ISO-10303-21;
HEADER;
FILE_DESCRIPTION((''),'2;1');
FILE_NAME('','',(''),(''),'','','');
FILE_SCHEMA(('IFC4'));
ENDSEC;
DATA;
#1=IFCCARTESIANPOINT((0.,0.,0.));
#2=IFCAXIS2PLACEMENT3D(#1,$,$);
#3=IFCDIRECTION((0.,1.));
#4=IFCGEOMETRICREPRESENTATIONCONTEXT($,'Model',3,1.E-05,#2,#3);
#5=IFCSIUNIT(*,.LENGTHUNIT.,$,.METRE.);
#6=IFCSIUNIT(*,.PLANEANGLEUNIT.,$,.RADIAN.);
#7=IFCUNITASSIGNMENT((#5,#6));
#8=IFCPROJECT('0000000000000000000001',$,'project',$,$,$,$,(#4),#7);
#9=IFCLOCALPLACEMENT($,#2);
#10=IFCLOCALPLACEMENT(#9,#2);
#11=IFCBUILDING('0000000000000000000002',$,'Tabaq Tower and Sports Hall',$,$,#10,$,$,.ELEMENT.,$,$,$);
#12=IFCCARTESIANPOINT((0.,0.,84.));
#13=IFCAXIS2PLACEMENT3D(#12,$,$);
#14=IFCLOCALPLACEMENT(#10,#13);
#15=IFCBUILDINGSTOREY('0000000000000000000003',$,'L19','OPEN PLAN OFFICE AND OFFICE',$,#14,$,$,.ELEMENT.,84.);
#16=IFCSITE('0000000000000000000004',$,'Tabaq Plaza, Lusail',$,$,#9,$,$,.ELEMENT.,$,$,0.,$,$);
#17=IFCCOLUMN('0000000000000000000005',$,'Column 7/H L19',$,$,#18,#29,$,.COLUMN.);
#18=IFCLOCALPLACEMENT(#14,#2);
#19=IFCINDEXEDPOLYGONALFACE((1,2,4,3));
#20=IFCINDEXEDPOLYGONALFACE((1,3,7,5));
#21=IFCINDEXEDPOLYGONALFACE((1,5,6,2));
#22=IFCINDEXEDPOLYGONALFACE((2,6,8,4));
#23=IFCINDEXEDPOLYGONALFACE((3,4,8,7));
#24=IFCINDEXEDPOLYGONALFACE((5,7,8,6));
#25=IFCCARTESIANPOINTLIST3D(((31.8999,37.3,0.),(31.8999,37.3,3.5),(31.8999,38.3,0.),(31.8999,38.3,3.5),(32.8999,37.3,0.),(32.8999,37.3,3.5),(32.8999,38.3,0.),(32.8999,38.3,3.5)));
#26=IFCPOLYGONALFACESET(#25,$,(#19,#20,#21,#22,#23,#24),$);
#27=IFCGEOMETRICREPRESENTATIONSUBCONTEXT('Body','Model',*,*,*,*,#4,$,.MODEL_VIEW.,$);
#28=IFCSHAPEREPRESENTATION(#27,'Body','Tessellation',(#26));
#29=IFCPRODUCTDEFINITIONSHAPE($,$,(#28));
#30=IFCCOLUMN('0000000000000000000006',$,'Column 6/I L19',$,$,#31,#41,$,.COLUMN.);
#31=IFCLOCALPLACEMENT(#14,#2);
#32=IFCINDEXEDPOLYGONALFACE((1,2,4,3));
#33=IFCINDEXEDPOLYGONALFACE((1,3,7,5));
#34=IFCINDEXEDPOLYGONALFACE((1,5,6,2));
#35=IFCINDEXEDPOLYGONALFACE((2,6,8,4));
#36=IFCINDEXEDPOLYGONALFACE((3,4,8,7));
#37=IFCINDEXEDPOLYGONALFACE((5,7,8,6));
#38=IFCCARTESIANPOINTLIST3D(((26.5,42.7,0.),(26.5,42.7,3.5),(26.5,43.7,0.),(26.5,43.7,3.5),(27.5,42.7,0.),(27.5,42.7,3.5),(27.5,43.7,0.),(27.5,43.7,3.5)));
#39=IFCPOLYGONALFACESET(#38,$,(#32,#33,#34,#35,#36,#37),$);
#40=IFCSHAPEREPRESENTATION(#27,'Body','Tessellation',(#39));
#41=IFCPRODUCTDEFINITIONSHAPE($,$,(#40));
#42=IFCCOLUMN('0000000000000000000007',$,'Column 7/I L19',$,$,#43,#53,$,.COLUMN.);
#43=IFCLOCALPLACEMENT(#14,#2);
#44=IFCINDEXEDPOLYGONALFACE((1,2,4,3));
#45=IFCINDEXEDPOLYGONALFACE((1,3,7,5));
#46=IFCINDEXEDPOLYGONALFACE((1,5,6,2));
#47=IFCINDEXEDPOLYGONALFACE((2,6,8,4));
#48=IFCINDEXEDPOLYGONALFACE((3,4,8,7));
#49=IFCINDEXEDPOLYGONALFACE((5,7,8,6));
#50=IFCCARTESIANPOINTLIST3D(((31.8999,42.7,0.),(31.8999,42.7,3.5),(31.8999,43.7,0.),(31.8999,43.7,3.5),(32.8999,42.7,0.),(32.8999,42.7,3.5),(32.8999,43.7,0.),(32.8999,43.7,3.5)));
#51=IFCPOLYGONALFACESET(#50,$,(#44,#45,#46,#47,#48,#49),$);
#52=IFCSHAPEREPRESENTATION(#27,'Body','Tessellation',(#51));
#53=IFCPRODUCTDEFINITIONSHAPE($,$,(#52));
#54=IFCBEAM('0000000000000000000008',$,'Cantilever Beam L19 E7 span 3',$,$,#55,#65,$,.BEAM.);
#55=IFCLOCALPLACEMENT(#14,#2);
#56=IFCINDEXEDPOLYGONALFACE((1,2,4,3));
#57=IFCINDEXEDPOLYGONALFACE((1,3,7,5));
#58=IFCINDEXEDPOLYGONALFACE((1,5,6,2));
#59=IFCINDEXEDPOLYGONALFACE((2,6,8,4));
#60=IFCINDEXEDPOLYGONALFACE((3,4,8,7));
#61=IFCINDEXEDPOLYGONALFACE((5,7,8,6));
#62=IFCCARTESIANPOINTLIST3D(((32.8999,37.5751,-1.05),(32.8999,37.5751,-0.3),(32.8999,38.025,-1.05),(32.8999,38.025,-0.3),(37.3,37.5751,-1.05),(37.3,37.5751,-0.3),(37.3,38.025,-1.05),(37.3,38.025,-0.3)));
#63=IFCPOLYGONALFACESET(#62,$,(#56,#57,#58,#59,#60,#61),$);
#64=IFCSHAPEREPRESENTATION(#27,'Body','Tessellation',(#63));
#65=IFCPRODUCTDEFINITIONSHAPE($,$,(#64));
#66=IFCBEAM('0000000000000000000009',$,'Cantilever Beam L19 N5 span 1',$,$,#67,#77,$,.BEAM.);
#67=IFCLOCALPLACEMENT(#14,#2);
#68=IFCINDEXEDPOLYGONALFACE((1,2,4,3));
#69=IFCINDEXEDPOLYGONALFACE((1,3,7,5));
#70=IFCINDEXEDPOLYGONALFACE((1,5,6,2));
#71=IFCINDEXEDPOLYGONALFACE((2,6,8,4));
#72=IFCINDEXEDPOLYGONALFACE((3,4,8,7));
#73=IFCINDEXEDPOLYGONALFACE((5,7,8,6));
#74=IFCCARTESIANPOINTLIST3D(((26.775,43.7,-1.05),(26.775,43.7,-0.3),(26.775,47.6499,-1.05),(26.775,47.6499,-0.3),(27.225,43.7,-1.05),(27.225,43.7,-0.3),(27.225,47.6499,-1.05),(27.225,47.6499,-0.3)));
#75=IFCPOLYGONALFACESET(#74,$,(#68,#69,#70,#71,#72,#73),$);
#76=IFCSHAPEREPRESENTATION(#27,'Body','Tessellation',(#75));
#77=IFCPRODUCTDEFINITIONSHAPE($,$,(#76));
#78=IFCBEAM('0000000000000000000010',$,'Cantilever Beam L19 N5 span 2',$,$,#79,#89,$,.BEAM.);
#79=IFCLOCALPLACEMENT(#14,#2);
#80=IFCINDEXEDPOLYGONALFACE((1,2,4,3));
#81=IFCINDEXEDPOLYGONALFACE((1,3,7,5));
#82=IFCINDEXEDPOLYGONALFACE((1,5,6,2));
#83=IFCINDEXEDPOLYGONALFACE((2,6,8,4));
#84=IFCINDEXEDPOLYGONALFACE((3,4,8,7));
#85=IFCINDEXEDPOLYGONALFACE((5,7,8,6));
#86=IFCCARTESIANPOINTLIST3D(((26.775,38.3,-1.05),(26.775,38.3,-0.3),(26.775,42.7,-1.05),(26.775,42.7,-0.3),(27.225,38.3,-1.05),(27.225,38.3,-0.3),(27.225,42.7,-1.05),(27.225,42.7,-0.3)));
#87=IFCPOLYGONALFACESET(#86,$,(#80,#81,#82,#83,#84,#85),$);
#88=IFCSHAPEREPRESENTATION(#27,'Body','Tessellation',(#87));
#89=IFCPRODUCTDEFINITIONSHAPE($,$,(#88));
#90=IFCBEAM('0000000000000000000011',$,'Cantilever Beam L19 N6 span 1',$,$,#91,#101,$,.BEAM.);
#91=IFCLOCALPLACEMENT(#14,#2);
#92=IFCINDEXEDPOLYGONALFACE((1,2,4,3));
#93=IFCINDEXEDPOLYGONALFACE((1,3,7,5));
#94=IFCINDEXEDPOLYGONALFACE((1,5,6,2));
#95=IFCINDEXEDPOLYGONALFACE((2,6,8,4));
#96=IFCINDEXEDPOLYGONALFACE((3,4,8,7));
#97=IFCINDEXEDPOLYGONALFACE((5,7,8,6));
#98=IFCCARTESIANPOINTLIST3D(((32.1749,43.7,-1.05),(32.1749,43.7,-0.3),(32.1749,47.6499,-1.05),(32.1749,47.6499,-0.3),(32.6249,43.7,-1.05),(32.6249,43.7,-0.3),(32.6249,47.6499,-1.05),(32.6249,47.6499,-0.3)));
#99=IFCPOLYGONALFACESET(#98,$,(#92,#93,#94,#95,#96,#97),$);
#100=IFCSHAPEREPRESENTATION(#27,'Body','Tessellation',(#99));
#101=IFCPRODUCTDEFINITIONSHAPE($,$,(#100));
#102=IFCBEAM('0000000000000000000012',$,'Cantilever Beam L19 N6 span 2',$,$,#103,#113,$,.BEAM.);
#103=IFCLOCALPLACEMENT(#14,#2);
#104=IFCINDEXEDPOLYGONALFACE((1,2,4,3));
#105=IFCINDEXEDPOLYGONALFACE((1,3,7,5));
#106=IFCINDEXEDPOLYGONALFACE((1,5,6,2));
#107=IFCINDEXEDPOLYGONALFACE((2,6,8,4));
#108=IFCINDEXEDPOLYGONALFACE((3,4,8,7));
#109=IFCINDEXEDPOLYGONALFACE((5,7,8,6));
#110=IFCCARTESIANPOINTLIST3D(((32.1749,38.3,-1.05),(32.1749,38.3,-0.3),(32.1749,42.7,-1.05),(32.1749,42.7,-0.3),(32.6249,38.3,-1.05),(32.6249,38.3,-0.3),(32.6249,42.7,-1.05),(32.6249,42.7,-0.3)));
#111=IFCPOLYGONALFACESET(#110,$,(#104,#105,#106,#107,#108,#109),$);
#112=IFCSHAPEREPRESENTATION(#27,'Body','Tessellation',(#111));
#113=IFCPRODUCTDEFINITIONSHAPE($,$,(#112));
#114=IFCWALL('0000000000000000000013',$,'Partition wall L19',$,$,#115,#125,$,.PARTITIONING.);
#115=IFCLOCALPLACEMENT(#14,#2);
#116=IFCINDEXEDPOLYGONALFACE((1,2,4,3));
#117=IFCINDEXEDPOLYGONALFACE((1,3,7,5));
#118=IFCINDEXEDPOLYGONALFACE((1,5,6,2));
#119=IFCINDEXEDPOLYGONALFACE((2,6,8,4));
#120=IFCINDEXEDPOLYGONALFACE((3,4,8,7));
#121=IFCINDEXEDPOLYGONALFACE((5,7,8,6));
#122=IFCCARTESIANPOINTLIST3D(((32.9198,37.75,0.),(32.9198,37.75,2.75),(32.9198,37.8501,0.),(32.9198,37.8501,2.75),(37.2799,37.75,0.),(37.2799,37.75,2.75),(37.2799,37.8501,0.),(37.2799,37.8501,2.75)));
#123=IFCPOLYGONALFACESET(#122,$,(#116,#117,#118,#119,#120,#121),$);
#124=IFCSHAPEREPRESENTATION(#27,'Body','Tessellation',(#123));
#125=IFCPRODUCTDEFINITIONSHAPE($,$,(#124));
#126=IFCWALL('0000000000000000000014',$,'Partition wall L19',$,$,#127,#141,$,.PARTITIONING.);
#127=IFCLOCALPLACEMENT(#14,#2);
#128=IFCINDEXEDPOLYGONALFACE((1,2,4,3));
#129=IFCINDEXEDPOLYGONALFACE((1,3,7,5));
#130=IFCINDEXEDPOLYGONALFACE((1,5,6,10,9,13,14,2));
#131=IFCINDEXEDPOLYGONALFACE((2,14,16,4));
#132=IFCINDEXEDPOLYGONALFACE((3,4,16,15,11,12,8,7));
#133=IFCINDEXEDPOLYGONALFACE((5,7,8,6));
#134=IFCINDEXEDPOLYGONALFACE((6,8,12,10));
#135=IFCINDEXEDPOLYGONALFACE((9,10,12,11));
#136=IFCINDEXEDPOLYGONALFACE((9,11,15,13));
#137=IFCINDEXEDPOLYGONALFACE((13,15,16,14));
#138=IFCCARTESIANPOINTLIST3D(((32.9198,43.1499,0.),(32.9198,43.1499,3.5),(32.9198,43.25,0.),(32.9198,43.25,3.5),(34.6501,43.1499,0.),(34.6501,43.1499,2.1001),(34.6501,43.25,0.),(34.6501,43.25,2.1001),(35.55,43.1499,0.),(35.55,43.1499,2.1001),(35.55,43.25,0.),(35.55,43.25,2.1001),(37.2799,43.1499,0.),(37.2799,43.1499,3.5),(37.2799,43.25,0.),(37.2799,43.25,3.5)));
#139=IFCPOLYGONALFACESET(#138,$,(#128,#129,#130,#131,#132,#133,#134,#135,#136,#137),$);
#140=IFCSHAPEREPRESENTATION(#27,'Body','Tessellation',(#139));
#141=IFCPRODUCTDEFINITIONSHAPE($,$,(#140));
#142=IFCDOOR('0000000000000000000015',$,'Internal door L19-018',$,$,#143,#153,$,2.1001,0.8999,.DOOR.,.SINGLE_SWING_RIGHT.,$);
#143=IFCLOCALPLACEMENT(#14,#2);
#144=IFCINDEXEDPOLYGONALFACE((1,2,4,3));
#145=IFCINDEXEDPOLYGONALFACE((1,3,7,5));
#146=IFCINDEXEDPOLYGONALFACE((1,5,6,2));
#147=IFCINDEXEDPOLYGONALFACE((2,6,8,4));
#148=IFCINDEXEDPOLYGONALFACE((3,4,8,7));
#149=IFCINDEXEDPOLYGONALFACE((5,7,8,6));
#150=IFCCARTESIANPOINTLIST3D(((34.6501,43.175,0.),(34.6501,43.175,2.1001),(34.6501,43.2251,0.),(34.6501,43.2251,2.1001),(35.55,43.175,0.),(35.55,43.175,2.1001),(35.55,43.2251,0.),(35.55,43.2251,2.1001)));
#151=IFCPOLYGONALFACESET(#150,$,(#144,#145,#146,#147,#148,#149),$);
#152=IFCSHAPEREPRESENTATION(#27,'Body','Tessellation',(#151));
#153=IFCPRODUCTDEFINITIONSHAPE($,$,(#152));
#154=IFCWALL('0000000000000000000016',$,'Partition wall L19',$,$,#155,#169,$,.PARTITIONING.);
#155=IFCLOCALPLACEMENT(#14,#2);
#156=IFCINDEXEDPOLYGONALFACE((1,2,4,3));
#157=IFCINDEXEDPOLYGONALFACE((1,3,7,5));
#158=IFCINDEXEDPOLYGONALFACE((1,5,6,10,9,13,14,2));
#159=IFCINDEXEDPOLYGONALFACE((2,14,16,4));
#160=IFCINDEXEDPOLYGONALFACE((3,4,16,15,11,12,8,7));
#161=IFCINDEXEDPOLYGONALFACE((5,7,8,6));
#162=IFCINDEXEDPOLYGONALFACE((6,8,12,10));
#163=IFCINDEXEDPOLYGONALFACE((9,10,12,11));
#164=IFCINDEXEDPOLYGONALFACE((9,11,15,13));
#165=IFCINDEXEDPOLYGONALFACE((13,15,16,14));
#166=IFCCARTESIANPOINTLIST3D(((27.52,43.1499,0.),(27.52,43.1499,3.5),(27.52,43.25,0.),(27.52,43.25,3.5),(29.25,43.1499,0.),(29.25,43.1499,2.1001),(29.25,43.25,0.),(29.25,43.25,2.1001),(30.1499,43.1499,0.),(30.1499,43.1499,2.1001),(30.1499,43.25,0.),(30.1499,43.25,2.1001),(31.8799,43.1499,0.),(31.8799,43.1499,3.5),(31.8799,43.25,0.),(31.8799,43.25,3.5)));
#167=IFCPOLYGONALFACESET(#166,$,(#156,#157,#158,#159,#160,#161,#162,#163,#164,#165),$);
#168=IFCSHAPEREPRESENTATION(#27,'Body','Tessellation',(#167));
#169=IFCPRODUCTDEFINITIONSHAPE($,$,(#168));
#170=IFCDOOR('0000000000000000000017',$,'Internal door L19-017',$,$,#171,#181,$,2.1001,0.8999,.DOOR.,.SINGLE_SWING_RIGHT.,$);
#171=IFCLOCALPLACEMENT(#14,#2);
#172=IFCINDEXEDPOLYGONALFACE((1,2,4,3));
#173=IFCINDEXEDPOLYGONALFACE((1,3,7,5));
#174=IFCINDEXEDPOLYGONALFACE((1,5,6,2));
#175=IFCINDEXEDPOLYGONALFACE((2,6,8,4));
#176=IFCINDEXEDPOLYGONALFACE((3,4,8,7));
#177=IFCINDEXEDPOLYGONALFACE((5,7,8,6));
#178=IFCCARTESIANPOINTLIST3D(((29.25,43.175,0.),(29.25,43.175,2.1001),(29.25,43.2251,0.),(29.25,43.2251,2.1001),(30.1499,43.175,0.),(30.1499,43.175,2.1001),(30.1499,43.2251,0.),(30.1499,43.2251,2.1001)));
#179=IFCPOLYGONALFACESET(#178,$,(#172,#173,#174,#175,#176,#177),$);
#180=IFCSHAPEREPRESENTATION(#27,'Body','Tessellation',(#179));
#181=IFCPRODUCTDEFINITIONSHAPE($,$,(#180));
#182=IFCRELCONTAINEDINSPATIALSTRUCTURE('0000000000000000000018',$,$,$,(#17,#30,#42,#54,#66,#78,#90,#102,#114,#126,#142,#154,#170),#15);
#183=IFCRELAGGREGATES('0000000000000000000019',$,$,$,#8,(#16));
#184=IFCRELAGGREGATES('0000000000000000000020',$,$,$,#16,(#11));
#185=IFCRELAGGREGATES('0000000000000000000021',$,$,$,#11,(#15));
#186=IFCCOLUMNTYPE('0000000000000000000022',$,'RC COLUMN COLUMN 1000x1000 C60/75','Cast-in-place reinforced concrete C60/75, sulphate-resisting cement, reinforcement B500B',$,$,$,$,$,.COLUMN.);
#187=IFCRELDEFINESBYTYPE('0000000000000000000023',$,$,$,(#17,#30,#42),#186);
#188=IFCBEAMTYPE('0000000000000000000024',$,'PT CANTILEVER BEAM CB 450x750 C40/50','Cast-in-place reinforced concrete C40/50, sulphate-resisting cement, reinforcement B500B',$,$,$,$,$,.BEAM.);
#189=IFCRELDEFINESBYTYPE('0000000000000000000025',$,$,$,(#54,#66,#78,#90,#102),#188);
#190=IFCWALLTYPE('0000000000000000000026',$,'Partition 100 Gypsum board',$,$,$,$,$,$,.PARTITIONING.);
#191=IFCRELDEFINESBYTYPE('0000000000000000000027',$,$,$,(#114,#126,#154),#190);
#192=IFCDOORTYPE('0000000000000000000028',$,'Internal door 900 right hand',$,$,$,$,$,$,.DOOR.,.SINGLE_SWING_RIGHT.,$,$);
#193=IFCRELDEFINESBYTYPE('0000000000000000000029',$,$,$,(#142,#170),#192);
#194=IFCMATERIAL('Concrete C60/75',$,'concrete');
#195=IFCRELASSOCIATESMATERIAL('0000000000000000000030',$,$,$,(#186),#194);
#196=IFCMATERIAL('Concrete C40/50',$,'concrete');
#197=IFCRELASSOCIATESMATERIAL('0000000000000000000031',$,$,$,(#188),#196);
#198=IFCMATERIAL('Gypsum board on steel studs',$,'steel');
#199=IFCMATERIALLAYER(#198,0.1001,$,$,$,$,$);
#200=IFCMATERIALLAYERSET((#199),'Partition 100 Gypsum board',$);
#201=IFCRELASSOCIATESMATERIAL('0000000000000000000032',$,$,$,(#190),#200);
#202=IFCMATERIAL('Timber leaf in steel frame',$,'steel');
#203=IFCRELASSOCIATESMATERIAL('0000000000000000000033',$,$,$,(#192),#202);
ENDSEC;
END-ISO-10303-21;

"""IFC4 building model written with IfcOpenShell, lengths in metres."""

from ifc_helpers import new_model, si_unit, direction, frame, frame_2d, origin, origin_2d, place, context, subcontext, project, spatial, rectangle, extrude, material, layer, layer_set, material_profile, profile_set, type_object, element, fill, save


model = new_model("IFC4")

# Units and contexts
model_context = context("Model", 3, precision=1e-05, world=origin(), true_north=direction((0.0, 1.0)))
body_context = subcontext(model_context, "Body", "Model", "MODEL_VIEW")
ifc_project = project(units=[si_unit("LENGTHUNIT", "METRE"), si_unit("PLANEANGLEUNIT", "RADIAN")], contexts=[model_context])

# Site, building, storey
site_placement = place(None, origin())
site = spatial("IfcSite", under=ifc_project, at=site_placement, Name="Tabaq Plaza, Lusail", CompositionType="ELEMENT", RefElevation=0.0)
building_placement = place(site_placement, origin())
building = spatial("IfcBuilding", under=site, at=building_placement, Name="Tabaq Tower and Sports Hall", CompositionType="ELEMENT")
storey_placement = place(building_placement, frame((0.0, 0.0, 84.0)))
storey = spatial("IfcBuildingStorey", under=building, at=storey_placement, Name="L19", Description="OPEN PLAN OFFICE AND OFFICE", CompositionType="ELEMENT", Elevation=84.0)

# Columns
ifc_material_1 = material(Name="Concrete C60/75", Category="concrete")
ifc_material_profile_1 = material_profile(ifc_material_1, rectangle(XDim=1.0, YDim=1.0, at=origin_2d()), Name="COLUMN 1000x1000")
ifc_profile_set_1 = profile_set([ifc_material_profile_1], Name="Concrete C60/75")
column_type = type_object("IfcColumnType", Name="RC COLUMN COLUMN 1000x1000 C60/75", Description="Cast-in-place reinforced concrete C60/75, sulphate-resisting cement, reinforcement B500B", PredefinedType="COLUMN", material=ifc_profile_set_1)
for number, where, z_axis, x_axis, name in (
    (1, (32.3999, 37.8, 0.0), (0.0, 0.0, 1.0), (1.0, 0.0, 0.0), "Column 7/H L19"),
    (2, (27.0, 43.2, 0.0), (0.0, 0.0, 1.0), (1.0, 0.0, 0.0), "Column 6/I L19"),
    (3, (32.3999, 43.2, 0.0), (0.0, 0.0, 1.0), (1.0, 0.0, 0.0), "Column 7/I L19"),
):
    element("IfcColumn", number, at=place(storey_placement, frame(where, z_axis=z_axis, x_axis=x_axis)), inside=storey, type_object=column_type, Name=name, PredefinedType="COLUMN", context=body_context, shape_type="SweptSolid", body=[
        extrude(rectangle(XDim=1.0, YDim=1.0, at=origin_2d()), origin(), (0.0, 0.0, 1.0), 3.5),
    ])

# Beams
ifc_material_2 = material(Name="Concrete C40/50", Category="concrete")
ifc_material_profile_2 = material_profile(ifc_material_2, rectangle(XDim=0.45, YDim=0.75, at=origin_2d()), Name="CB 450x750")
ifc_profile_set_2 = profile_set([ifc_material_profile_2], Name="Concrete C40/50")
beam_type = type_object("IfcBeamType", Name="PT CANTILEVER BEAM CB 450x750 C40/50", Description="Cast-in-place reinforced concrete C40/50, sulphate-resisting cement, reinforcement B500B", PredefinedType="BEAM", material=ifc_profile_set_2)
beam_1_placement = place(storey_placement, frame((37.3, 37.8, -0.675), z_axis=(-1.0, 0.0, 0.0), x_axis=(0.0, -1.0, 0.0)))
element("IfcBeam", 4, at=beam_1_placement, inside=storey, type_object=beam_type, Name="Cantilever Beam L19 E7 span 3", PredefinedType="BEAM", context=body_context, shape_type="SweptSolid", body=[
    extrude(rectangle(XDim=0.45, YDim=0.75, at=origin_2d()), origin(), (0.0, 0.0, 1.0), 4.4001),
])
beam_2_placement = place(storey_placement, frame((27.0, 47.6499, -0.675), z_axis=(0.0, -1.0, 0.0), x_axis=(1.0, 0.0, 0.0)))
element("IfcBeam", 5, at=beam_2_placement, inside=storey, type_object=beam_type, Name="Cantilever Beam L19 N5 span 1", PredefinedType="BEAM", context=body_context, shape_type="SweptSolid", body=[
    extrude(rectangle(XDim=0.45, YDim=0.75, at=origin_2d()), origin(), (0.0, 0.0, 1.0), 3.95),
])
beam_3_placement = place(storey_placement, frame((27.0, 42.7, -0.675), z_axis=(0.0, -1.0, 0.0), x_axis=(1.0, 0.0, 0.0)))
element("IfcBeam", 6, at=beam_3_placement, inside=storey, type_object=beam_type, Name="Cantilever Beam L19 N5 span 2", PredefinedType="BEAM", context=body_context, shape_type="SweptSolid", body=[
    extrude(rectangle(XDim=0.45, YDim=0.75, at=origin_2d()), origin(), (0.0, 0.0, 1.0), 4.3999),
])
beam_4_placement = place(storey_placement, frame((32.3999, 47.6499, -0.675), z_axis=(0.0, -1.0, 0.0), x_axis=(1.0, 0.0, 0.0)))
element("IfcBeam", 7, at=beam_4_placement, inside=storey, type_object=beam_type, Name="Cantilever Beam L19 N6 span 1", PredefinedType="BEAM", context=body_context, shape_type="SweptSolid", body=[
    extrude(rectangle(XDim=0.45, YDim=0.75, at=origin_2d()), origin(), (0.0, 0.0, 1.0), 3.95),
])
beam_5_placement = place(storey_placement, frame((32.3999, 42.7, -0.675), z_axis=(0.0, -1.0, 0.0), x_axis=(1.0, 0.0, 0.0)))
element("IfcBeam", 8, at=beam_5_placement, inside=storey, type_object=beam_type, Name="Cantilever Beam L19 N6 span 2", PredefinedType="BEAM", context=body_context, shape_type="SweptSolid", body=[
    extrude(rectangle(XDim=0.45, YDim=0.75, at=origin_2d()), origin(), (0.0, 0.0, 1.0), 4.3999),
])

# Wall
ifc_material_3 = material(Name="Gypsum board on steel studs", Category="steel")
ifc_layer_1 = layer(ifc_material_3, 0.1001)
ifc_layer_set_1 = layer_set([ifc_layer_1], Name="Partition 100 Gypsum board")
wall_type = type_object("IfcWallType", Name="Partition 100 Gypsum board", PredefinedType="PARTITIONING", material=ifc_layer_set_1)
wall_1_placement = place(storey_placement, frame((37.28, 37.8, 0.0), z_axis=(0.0, 0.0, 1.0), x_axis=(-1.0, 0.0, 0.0)))
element("IfcWall", 9, at=wall_1_placement, inside=storey, type_object=wall_type, Name="Partition wall L19", PredefinedType="PARTITIONING", context=body_context, shape_type="SweptSolid", body=[
    extrude(rectangle(XDim=4.3601, YDim=0.1001, at=frame_2d((2.1802, 0.0))), origin(), (0.0, 0.0, 1.0), 2.75),
])

# Walls, openings, doors
wall_2_placement = place(storey_placement, frame((37.28, 43.2, 0.0), z_axis=(0.0, 0.0, 1.0), x_axis=(-1.0, 0.0, 0.0)))
wall_2 = element("IfcWall", 10, at=wall_2_placement, inside=storey, type_object=wall_type, Name="Partition wall L19", PredefinedType="PARTITIONING", context=body_context, shape_type="SweptSolid", body=[
    extrude(rectangle(XDim=4.3601, YDim=0.1001, at=frame_2d((2.1802, 0.0))), origin(), (0.0, 0.0, 1.0), 3.5),
])
opening_1_placement = place(wall_2_placement, frame((1.73, 0.0, 0.0)))
opening_1 = element("IfcOpeningElement", 11, at=opening_1_placement, cuts=wall_2, PredefinedType="OPENING", context=body_context, shape_type="SweptSolid", body=[
    extrude(rectangle(XDim=0.8999, YDim=2.1001, at=frame_2d((0.45, 1.05))), frame((0.0, 0.05, 0.0), z_axis=(0.0, -1.0, 0.0), x_axis=(1.0, 0.0, 0.0)), (0.0, 0.0, 1.0), 0.1001),
])
ifc_material_4 = material(Name="Timber leaf in steel frame", Category="steel")
door_type = type_object("IfcDoorType", Name="Internal door 900 right hand", OperationType="SINGLE_SWING_RIGHT", PredefinedType="DOOR", material=ifc_material_4)
door_1_placement = place(opening_1_placement, origin())
door_1 = element("IfcDoor", 12, at=door_1_placement, inside=storey, type_object=door_type, Name="Internal door L19-018", OperationType="SINGLE_SWING_RIGHT", OverallHeight=2.1001, OverallWidth=0.8999, PredefinedType="DOOR", context=body_context, shape_type="SweptSolid", body=[
    extrude(rectangle(XDim=0.8999, YDim=2.1001, at=frame_2d((0.45, 1.05))), frame((0.0, 0.0249, 0.0), z_axis=(0.0, -1.0, 0.0), x_axis=(1.0, 0.0, 0.0)), (0.0, 0.0, 1.0), 0.05),
])
fill(opening_1, door_1)
wall_3_placement = place(storey_placement, frame((31.8799, 43.2, 0.0), z_axis=(0.0, 0.0, 1.0), x_axis=(-1.0, 0.0, 0.0)))
wall_3 = element("IfcWall", 13, at=wall_3_placement, inside=storey, type_object=wall_type, Name="Partition wall L19", PredefinedType="PARTITIONING", context=body_context, shape_type="SweptSolid", body=[
    extrude(rectangle(XDim=4.3599, YDim=0.1001, at=frame_2d((2.1799, 0.0))), origin(), (0.0, 0.0, 1.0), 3.5),
])
opening_2_placement = place(wall_3_placement, frame((1.73, 0.0, 0.0)))
opening_2 = element("IfcOpeningElement", 14, at=opening_2_placement, cuts=wall_3, PredefinedType="OPENING", context=body_context, shape_type="SweptSolid", body=[
    extrude(rectangle(XDim=0.8999, YDim=2.1001, at=frame_2d((0.45, 1.05))), frame((0.0, 0.05, 0.0), z_axis=(0.0, -1.0, 0.0), x_axis=(1.0, 0.0, 0.0)), (0.0, 0.0, 1.0), 0.1001),
])
door_2_placement = place(opening_2_placement, origin())
door_2 = element("IfcDoor", 15, at=door_2_placement, inside=storey, type_object=door_type, Name="Internal door L19-017", OperationType="SINGLE_SWING_RIGHT", OverallHeight=2.1001, OverallWidth=0.8999, PredefinedType="DOOR", context=body_context, shape_type="SweptSolid", body=[
    extrude(rectangle(XDim=0.8999, YDim=2.1001, at=frame_2d((0.45, 1.05))), frame((0.0, 0.0249, 0.0), z_axis=(0.0, -1.0, 0.0), x_axis=(1.0, 0.0, 0.0)), (0.0, 0.0, 1.0), 0.05),
])
fill(opening_2, door_2)

save(model, "model.ifc")
